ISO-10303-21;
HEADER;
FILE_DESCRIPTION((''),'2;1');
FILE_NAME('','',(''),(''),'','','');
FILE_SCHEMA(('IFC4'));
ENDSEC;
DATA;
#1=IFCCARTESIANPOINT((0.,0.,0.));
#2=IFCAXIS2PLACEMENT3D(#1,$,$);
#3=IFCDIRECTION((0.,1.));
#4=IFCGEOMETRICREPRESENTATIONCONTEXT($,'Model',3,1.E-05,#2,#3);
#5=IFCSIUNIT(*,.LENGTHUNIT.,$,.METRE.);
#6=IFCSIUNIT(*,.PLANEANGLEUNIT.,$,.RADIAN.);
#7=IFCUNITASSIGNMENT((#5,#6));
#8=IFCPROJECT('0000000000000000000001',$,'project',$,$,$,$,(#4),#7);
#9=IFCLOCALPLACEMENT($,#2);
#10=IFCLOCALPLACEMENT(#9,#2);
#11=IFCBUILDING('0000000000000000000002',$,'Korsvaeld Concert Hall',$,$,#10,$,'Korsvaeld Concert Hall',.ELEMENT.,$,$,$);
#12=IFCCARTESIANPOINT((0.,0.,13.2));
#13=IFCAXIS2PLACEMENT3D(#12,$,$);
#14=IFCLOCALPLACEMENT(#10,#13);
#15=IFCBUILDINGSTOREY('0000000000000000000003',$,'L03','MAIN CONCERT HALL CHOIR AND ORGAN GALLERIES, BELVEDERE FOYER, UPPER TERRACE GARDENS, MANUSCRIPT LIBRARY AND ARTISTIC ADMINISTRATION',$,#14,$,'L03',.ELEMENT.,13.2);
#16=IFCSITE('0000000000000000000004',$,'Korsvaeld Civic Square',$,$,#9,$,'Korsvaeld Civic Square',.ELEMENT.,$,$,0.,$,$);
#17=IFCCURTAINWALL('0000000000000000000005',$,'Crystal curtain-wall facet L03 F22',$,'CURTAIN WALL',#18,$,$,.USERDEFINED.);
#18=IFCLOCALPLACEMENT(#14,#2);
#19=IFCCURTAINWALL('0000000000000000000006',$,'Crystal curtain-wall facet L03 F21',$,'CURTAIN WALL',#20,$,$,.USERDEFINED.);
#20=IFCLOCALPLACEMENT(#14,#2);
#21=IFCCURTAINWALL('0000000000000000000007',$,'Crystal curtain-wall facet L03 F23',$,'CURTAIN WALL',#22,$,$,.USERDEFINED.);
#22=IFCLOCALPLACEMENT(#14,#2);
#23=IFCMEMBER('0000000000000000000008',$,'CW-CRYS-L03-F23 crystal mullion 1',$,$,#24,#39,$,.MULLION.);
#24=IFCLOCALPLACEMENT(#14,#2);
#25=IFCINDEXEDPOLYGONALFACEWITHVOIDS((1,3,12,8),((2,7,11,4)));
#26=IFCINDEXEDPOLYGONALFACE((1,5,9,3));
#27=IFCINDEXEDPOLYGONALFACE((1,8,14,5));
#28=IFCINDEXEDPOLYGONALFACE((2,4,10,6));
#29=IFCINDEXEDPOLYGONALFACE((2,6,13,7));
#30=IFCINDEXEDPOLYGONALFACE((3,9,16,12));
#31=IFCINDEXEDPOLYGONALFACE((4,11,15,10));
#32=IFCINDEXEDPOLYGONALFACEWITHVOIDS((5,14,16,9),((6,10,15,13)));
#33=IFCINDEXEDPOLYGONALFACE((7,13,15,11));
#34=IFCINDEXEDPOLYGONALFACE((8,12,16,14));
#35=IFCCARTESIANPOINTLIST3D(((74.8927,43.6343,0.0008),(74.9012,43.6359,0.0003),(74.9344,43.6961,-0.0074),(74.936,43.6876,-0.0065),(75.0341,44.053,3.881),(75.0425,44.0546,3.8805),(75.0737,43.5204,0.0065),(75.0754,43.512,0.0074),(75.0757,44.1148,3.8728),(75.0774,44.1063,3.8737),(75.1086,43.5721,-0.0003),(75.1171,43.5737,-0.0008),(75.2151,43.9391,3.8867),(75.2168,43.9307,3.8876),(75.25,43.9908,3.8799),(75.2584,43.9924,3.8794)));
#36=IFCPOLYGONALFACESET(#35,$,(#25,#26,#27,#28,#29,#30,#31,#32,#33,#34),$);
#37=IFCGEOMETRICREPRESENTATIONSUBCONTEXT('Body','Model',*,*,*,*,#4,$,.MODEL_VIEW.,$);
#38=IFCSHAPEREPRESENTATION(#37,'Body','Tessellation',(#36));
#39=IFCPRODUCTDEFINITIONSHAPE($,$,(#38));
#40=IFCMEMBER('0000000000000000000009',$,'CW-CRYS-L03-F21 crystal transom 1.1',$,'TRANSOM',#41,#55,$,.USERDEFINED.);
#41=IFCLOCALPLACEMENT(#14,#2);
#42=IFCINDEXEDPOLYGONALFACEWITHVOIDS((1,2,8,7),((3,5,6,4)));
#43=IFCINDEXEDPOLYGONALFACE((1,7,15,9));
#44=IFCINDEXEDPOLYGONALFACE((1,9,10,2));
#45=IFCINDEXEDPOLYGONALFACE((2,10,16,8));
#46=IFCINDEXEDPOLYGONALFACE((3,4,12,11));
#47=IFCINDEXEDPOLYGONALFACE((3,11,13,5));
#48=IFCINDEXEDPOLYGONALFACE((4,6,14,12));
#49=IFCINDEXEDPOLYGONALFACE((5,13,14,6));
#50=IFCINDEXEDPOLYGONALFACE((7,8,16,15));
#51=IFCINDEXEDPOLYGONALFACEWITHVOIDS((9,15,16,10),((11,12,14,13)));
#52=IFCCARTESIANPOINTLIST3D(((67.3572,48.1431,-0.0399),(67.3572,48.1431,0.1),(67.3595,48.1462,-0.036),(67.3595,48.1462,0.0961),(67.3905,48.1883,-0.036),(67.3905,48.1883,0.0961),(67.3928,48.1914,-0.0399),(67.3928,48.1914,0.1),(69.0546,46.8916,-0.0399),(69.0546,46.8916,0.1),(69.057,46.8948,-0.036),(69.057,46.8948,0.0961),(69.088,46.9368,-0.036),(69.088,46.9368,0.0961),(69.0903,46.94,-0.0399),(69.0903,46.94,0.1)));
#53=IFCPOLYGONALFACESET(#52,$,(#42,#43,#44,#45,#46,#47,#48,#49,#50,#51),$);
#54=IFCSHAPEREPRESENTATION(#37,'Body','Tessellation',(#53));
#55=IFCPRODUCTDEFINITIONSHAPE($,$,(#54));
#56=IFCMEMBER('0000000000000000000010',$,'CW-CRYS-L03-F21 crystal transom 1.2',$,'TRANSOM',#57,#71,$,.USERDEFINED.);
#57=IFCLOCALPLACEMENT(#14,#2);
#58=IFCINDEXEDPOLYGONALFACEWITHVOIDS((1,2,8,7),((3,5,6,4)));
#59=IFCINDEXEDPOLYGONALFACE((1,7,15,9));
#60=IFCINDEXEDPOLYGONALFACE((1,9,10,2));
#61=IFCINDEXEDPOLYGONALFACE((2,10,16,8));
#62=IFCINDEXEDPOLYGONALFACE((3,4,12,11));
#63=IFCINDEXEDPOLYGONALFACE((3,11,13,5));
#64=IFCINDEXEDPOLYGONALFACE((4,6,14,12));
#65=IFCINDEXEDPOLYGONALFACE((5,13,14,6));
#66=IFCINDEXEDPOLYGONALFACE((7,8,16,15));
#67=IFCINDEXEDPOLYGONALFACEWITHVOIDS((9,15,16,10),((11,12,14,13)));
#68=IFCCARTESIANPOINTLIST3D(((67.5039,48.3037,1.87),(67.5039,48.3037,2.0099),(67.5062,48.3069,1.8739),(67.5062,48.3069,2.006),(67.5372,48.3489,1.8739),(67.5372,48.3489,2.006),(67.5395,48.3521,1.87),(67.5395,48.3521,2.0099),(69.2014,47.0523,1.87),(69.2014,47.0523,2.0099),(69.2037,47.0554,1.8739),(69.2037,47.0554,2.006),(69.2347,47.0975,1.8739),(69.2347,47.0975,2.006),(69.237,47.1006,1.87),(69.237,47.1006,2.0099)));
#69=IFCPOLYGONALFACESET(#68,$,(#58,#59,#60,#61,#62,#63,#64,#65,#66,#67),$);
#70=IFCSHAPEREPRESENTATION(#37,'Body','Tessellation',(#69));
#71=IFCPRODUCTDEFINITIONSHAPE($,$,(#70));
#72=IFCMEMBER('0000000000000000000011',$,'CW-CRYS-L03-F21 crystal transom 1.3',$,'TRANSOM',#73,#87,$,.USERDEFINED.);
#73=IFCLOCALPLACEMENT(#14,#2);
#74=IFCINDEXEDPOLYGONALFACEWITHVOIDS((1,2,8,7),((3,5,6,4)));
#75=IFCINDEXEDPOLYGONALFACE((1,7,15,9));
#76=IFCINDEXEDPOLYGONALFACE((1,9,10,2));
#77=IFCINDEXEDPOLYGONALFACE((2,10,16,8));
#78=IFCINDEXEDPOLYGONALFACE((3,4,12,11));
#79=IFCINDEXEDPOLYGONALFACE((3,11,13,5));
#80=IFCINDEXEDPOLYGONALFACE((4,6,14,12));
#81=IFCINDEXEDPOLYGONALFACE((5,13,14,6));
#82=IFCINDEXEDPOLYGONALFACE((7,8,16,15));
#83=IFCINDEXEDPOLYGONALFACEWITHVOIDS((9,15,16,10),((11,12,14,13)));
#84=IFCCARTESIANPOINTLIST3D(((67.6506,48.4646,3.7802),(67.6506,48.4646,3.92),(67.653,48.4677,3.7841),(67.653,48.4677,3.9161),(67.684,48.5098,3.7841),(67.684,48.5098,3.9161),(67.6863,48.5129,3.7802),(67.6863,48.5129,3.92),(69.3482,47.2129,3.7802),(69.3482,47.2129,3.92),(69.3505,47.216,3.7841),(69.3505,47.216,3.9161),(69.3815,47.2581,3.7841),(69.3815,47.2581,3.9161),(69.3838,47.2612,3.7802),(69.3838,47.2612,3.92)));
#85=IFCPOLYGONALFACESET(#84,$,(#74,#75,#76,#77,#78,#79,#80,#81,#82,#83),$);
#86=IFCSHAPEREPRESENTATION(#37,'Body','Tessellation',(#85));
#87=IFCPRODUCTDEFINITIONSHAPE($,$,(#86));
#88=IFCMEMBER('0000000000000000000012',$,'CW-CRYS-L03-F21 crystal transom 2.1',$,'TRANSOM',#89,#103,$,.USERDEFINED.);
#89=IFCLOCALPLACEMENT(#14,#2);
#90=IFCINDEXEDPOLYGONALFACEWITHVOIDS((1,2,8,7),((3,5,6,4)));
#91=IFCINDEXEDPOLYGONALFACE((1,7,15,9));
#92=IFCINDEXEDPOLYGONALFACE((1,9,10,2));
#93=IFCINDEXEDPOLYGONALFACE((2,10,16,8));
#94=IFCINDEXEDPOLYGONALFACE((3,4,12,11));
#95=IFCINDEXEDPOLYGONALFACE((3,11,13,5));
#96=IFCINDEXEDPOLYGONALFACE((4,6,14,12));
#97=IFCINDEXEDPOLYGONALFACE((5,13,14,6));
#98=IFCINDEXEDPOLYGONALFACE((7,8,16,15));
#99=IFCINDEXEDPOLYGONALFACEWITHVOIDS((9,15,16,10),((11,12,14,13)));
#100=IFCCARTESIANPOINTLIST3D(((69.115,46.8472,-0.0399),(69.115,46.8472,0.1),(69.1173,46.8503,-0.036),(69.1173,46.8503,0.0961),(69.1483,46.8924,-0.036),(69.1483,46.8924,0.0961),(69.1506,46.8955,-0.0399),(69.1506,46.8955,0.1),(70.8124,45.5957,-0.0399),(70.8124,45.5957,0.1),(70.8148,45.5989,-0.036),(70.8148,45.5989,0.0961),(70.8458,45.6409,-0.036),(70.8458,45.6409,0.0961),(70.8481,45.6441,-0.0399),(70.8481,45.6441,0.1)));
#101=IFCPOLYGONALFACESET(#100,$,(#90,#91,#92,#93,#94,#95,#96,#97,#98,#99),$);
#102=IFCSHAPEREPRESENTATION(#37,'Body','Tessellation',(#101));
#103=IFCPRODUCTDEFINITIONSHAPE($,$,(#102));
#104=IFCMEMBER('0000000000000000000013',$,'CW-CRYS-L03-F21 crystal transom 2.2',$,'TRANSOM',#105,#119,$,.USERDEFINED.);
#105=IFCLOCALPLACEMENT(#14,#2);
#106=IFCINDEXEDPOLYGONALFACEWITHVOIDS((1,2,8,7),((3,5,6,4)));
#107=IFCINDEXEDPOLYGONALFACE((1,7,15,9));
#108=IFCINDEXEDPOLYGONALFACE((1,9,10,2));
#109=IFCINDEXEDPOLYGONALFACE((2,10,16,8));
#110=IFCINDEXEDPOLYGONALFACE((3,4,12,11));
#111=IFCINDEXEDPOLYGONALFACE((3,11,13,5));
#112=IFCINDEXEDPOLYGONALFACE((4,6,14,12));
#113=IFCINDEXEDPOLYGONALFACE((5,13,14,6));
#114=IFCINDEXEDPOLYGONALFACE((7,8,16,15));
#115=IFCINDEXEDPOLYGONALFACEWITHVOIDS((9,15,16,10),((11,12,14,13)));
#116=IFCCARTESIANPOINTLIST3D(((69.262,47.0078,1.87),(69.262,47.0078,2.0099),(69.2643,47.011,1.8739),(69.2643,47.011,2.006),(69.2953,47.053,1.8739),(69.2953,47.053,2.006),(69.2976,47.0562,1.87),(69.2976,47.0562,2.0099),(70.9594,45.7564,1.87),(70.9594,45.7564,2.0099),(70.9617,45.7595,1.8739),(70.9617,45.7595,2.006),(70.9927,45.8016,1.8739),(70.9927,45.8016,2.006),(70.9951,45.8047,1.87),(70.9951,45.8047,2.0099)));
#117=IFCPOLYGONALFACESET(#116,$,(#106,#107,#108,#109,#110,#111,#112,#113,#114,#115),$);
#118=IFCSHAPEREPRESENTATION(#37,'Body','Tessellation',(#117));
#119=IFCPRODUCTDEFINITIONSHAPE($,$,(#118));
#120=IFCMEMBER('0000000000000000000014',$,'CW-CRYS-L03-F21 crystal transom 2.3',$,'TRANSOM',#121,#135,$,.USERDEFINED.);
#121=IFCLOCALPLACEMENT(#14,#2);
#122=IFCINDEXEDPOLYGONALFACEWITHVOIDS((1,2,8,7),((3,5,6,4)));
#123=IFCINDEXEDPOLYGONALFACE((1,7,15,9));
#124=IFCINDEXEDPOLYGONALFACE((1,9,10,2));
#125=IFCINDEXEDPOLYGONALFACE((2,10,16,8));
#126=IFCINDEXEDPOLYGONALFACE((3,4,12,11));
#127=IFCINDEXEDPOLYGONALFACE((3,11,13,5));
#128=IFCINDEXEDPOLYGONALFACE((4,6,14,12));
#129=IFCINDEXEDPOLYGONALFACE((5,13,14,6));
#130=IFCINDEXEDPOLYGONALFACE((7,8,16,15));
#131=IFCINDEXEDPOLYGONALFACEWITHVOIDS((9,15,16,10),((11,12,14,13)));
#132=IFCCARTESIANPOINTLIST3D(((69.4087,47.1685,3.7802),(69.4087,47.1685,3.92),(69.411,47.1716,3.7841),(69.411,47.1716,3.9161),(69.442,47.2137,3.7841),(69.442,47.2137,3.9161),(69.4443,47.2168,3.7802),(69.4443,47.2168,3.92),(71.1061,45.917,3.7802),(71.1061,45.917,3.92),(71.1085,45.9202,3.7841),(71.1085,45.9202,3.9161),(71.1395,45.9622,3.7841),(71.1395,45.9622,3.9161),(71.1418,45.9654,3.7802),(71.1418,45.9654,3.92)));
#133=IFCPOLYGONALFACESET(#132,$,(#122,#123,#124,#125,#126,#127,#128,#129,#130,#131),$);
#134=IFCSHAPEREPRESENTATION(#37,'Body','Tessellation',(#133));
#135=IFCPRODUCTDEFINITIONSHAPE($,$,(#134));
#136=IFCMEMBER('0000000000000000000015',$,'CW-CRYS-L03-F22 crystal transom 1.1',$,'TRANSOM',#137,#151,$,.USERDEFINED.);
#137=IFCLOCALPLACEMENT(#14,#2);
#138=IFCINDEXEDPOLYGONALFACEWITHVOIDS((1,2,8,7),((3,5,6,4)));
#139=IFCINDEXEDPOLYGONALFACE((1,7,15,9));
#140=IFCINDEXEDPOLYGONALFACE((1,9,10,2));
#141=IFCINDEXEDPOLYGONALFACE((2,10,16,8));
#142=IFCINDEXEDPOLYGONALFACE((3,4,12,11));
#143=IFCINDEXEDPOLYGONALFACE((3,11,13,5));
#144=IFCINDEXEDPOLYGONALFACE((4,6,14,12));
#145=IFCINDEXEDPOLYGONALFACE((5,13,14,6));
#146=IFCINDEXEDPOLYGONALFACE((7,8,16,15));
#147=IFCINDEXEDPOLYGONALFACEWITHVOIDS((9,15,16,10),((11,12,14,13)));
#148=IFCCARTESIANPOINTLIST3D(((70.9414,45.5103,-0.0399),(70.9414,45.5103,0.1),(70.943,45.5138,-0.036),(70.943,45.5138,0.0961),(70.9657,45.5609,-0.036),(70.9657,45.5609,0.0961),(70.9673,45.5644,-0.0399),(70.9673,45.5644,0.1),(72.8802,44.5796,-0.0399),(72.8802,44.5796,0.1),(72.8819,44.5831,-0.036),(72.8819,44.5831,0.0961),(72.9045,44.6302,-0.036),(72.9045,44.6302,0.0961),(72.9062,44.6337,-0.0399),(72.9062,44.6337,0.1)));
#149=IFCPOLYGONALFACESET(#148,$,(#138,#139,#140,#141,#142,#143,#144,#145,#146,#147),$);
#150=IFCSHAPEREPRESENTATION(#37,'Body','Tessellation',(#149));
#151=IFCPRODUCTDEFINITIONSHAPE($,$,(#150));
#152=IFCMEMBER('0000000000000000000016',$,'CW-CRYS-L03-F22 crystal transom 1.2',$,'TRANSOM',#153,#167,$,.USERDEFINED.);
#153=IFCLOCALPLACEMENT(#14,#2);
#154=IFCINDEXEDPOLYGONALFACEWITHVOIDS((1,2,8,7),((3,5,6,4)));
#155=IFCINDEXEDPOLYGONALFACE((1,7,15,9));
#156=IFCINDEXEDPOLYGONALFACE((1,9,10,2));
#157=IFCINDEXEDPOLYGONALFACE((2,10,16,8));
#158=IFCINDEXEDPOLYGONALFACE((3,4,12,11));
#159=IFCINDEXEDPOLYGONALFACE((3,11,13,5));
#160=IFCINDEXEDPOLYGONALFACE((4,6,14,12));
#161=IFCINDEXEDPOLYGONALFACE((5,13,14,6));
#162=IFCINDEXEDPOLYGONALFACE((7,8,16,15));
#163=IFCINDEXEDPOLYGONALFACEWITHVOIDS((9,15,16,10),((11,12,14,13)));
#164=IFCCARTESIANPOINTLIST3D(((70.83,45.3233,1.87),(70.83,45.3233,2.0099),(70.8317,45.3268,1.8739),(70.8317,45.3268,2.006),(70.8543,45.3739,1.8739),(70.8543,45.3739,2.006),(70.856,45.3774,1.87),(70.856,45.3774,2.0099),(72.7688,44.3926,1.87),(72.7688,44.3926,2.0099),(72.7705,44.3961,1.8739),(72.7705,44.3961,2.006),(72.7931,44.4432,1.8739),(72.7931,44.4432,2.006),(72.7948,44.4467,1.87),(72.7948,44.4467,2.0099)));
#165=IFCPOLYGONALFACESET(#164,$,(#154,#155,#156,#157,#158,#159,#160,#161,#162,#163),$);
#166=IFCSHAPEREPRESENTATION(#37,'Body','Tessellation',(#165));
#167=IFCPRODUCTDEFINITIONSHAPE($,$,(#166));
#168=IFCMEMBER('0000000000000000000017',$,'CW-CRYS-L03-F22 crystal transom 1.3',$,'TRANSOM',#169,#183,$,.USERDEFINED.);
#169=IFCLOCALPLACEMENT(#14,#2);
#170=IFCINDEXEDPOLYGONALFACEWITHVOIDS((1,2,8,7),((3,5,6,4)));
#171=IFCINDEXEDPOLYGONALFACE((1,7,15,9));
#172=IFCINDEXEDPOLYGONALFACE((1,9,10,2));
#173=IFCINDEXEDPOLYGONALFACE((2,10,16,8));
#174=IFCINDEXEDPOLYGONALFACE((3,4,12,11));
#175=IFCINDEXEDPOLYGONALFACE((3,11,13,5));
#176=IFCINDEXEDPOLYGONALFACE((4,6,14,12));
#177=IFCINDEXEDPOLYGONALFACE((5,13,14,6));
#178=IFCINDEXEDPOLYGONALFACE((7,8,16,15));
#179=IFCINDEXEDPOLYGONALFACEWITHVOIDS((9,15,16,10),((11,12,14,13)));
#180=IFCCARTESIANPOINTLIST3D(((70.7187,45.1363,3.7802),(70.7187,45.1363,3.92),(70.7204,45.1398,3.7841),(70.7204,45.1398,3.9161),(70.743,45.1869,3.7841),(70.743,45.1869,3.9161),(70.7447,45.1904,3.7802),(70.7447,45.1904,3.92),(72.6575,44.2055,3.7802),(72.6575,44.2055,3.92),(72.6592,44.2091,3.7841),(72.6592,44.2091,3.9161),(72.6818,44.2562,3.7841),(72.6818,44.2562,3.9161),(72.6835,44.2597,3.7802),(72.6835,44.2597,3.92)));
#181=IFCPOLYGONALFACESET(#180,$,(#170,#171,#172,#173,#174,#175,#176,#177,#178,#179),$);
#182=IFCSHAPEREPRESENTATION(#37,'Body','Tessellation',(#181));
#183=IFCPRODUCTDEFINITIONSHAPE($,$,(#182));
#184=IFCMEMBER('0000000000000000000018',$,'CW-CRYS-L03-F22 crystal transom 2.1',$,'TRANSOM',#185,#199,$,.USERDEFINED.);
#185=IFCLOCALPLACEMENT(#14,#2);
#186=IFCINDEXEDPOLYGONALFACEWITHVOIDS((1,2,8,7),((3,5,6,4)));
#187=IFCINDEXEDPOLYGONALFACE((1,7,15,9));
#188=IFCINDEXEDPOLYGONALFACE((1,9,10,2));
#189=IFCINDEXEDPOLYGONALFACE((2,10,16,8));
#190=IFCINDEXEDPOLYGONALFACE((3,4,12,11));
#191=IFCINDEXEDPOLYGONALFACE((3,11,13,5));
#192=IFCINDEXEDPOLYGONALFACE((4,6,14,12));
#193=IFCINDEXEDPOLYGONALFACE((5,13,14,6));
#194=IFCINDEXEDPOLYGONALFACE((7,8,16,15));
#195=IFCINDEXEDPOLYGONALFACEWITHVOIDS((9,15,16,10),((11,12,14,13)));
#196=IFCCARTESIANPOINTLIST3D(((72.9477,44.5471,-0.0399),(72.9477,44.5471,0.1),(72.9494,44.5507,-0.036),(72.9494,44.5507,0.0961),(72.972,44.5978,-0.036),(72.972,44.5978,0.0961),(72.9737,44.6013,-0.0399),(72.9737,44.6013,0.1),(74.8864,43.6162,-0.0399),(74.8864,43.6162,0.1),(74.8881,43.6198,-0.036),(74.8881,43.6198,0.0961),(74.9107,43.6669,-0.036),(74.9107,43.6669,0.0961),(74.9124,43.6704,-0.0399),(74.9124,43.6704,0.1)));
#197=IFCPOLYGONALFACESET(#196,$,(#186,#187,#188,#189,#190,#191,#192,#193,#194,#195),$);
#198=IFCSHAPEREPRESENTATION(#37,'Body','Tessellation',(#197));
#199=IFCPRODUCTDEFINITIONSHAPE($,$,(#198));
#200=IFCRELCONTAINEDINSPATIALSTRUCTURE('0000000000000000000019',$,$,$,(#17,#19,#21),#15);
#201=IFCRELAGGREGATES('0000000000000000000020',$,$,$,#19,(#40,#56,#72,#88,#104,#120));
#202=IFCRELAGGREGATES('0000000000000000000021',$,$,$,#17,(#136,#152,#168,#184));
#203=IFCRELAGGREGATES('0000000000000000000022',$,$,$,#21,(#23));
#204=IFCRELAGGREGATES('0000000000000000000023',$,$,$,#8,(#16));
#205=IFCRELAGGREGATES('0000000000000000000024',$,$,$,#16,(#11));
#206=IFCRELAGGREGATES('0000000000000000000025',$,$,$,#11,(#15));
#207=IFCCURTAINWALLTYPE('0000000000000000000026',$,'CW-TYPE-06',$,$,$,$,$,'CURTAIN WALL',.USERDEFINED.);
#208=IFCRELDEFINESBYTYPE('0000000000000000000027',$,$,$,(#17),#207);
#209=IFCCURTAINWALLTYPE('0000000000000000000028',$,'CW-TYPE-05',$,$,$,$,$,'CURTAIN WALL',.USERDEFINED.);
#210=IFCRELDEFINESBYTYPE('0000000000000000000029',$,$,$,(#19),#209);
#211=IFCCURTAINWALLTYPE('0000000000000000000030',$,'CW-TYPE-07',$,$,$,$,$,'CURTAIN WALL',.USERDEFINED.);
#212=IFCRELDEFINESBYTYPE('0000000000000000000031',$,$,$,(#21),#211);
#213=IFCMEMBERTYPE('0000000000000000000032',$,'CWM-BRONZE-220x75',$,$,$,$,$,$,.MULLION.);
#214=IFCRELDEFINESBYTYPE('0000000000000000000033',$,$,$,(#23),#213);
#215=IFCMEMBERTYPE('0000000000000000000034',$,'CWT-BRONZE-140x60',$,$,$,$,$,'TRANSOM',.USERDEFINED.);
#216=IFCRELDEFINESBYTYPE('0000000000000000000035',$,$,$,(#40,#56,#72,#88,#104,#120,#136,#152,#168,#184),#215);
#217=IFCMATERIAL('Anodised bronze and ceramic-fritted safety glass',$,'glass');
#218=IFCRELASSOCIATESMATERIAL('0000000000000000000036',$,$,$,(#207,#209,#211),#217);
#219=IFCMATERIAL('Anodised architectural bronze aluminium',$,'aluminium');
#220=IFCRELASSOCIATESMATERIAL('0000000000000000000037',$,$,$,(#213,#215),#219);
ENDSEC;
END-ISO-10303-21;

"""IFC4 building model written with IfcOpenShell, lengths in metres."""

from ifc_helpers import new_model, si_unit, direction, frame, origin, origin_2d, place, context, subcontext, project, spatial, hollow_rectangle, extrude, material, material_profile, profile_set, type_object, element, aggregate, save


model = new_model("IFC4")

# Units and contexts
model_context = context("Model", 3, precision=1e-05, world=origin(), true_north=direction((0.0, 1.0)))
body_context = subcontext(model_context, "Body", "Model", "MODEL_VIEW")
ifc_project = project(units=[si_unit("LENGTHUNIT", "METRE"), si_unit("PLANEANGLEUNIT", "RADIAN")], contexts=[model_context])

# Site, building, storey
site_placement = place(None, origin())
site = spatial("IfcSite", under=ifc_project, at=site_placement, Name="Korsvaeld Civic Square", LongName="Korsvaeld Civic Square", CompositionType="ELEMENT", RefElevation=0.0)
building_placement = place(site_placement, origin())
building = spatial("IfcBuilding", under=site, at=building_placement, Name="Korsvaeld Concert Hall", LongName="Korsvaeld Concert Hall", CompositionType="ELEMENT")
storey_placement = place(building_placement, frame((0.0, 0.0, 13.2)))
storey = spatial("IfcBuildingStorey", under=building, at=storey_placement, Name="L03", Description="MAIN CONCERT HALL CHOIR AND ORGAN GALLERIES, BELVEDERE FOYER, UPPER TERRACE GARDENS, MANUSCRIPT LIBRARY AND ARTISTIC ADMINISTRATION", LongName="L03", CompositionType="ELEMENT", Elevation=13.2)

# Shared definitions
ifc_material_1 = material(Name="Anodised bronze and ceramic-fritted safety glass", Category="glass")
ifc_material_2 = material(Name="Anodised architectural bronze aluminium", Category="aluminium")

# Curtain walls
curtain_wall_type_1 = type_object("IfcCurtainWallType", Name="CW-TYPE-06", ElementType="CURTAIN WALL", PredefinedType="USERDEFINED", material=ifc_material_1)
curtain_wall_1_placement = place(storey_placement, origin())
curtain_wall_1 = element("IfcCurtainWall", 1, at=curtain_wall_1_placement, inside=storey, type_object=curtain_wall_type_1, Name="Crystal curtain-wall facet L03 F22", ObjectType="CURTAIN WALL", PredefinedType="USERDEFINED")
curtain_wall_type_2 = type_object("IfcCurtainWallType", Name="CW-TYPE-05", ElementType="CURTAIN WALL", PredefinedType="USERDEFINED", material=ifc_material_1)
curtain_wall_2_placement = place(storey_placement, origin())
curtain_wall_2 = element("IfcCurtainWall", 2, at=curtain_wall_2_placement, inside=storey, type_object=curtain_wall_type_2, Name="Crystal curtain-wall facet L03 F21", ObjectType="CURTAIN WALL", PredefinedType="USERDEFINED")
ifc_material_profile_1 = material_profile(ifc_material_2, hollow_rectangle(XDim=0.075, YDim=0.22, WallThickness=0.0061, at=origin_2d()), Name="CWM 220x75x6")
ifc_profile_set_1 = profile_set([ifc_material_profile_1], Name="Anodised architectural bronze aluminium")
member_type_1 = type_object("IfcMemberType", Name="CWM-BRONZE-220x75", PredefinedType="MULLION", material=ifc_profile_set_1)

# Curtain wall, member
curtain_wall_type_3 = type_object("IfcCurtainWallType", Name="CW-TYPE-07", ElementType="CURTAIN WALL", PredefinedType="USERDEFINED", material=ifc_material_1)
curtain_wall_3_placement = place(storey_placement, origin())
curtain_wall_3 = element("IfcCurtainWall", 3, at=curtain_wall_3_placement, inside=storey, type_object=curtain_wall_type_3, Name="Crystal curtain-wall facet L03 F23", ObjectType="CURTAIN WALL", PredefinedType="USERDEFINED")
member_1_placement = place(storey_placement, frame((75.0049, 43.604, 0.0), z_axis=(0.036197, 0.107216, 0.993577), x_axis=(-0.555734, -0.82416, 0.10918)))
member_1 = element("IfcMember", 4, at=member_1_placement, type_object=member_type_1, Name="CW-CRYS-L03-F23 crystal mullion 1", PredefinedType="MULLION", context=body_context, shape_type="SweptSolid", body=[
    extrude(hollow_rectangle(XDim=0.075, YDim=0.22, WallThickness=0.0061, at=origin_2d()), origin(), (0.0, 0.0, 1.0), 3.9053),
])

# Members
ifc_material_profile_2 = material_profile(ifc_material_2, hollow_rectangle(XDim=0.0601, YDim=0.1399, WallThickness=0.0039, at=origin_2d()), Name="CWT 140x60x4")
ifc_profile_set_2 = profile_set([ifc_material_profile_2], Name="Anodised architectural bronze aluminium")
member_type_2 = type_object("IfcMemberType", Name="CWT-BRONZE-140x60", ElementType="TRANSOM", PredefinedType="USERDEFINED", material=ifc_profile_set_2)
member_2_placement = place(storey_placement, frame((67.375, 48.1672, 0.03), z_axis=(0.804905, -0.593404, 0.0), x_axis=(0.593404, 0.804905, 0.0)))
member_2 = element("IfcMember", 5, at=member_2_placement, type_object=member_type_2, Name="CW-CRYS-L03-F21 crystal transom 1.1", ObjectType="TRANSOM", PredefinedType="USERDEFINED", context=body_context, shape_type="SweptSolid", body=[
    extrude(hollow_rectangle(XDim=0.0601, YDim=0.1399, WallThickness=0.0039, at=origin_2d()), origin(), (0.0, 0.0, 1.0), 2.1089),
])
member_3_placement = place(storey_placement, frame((67.5217, 48.3279, 1.9399), z_axis=(0.804905, -0.593404, 0.0), x_axis=(0.593404, 0.804905, 0.0)))
member_3 = element("IfcMember", 6, at=member_3_placement, type_object=member_type_2, Name="CW-CRYS-L03-F21 crystal transom 1.2", ObjectType="TRANSOM", PredefinedType="USERDEFINED", context=body_context, shape_type="SweptSolid", body=[
    extrude(hollow_rectangle(XDim=0.0601, YDim=0.1399, WallThickness=0.0039, at=origin_2d()), origin(), (0.0, 0.0, 1.0), 2.1089),
])
member_4_placement = place(storey_placement, frame((67.6685, 48.4888, 3.8501), z_axis=(0.804849, -0.593479, 0.0), x_axis=(0.593479, 0.804849, 0.0)))
member_4 = element("IfcMember", 7, at=member_4_placement, type_object=member_type_2, Name="CW-CRYS-L03-F21 crystal transom 1.3", ObjectType="TRANSOM", PredefinedType="USERDEFINED", context=body_context, shape_type="SweptSolid", body=[
    extrude(hollow_rectangle(XDim=0.0601, YDim=0.1399, WallThickness=0.0039, at=origin_2d()), origin(), (0.0, 0.0, 1.0), 2.1091),
])
member_5_placement = place(storey_placement, frame((69.1328, 46.8713, 0.03), z_axis=(0.804905, -0.593404, 0.0), x_axis=(0.593404, 0.804905, 0.0)))
member_5 = element("IfcMember", 8, at=member_5_placement, type_object=member_type_2, Name="CW-CRYS-L03-F21 crystal transom 2.1", ObjectType="TRANSOM", PredefinedType="USERDEFINED", context=body_context, shape_type="SweptSolid", body=[
    extrude(hollow_rectangle(XDim=0.0601, YDim=0.1399, WallThickness=0.0039, at=origin_2d()), origin(), (0.0, 0.0, 1.0), 2.1089),
])
member_6_placement = place(storey_placement, frame((69.2798, 47.032, 1.9399), z_axis=(0.804905, -0.593404, 0.0), x_axis=(0.593404, 0.804905, 0.0)))
member_6 = element("IfcMember", 9, at=member_6_placement, type_object=member_type_2, Name="CW-CRYS-L03-F21 crystal transom 2.2", ObjectType="TRANSOM", PredefinedType="USERDEFINED", context=body_context, shape_type="SweptSolid", body=[
    extrude(hollow_rectangle(XDim=0.0601, YDim=0.1399, WallThickness=0.0039, at=origin_2d()), origin(), (0.0, 0.0, 1.0), 2.1089),
])
member_7_placement = place(storey_placement, frame((69.4265, 47.1926, 3.8501), z_axis=(0.804905, -0.593404, 0.0), x_axis=(0.593404, 0.804905, 0.0)))
member_7 = element("IfcMember", 10, at=member_7_placement, type_object=member_type_2, Name="CW-CRYS-L03-F21 crystal transom 2.3", ObjectType="TRANSOM", PredefinedType="USERDEFINED", context=body_context, shape_type="SweptSolid", body=[
    extrude(hollow_rectangle(XDim=0.0601, YDim=0.1399, WallThickness=0.0039, at=origin_2d()), origin(), (0.0, 0.0, 1.0), 2.1089),
])
member_8_placement = place(storey_placement, frame((70.9543, 45.5374, 0.03), z_axis=(0.901509, -0.432761, 0.0), x_axis=(0.432761, 0.901509, 0.0)))
member_8 = element("IfcMember", 11, at=member_8_placement, type_object=member_type_2, Name="CW-CRYS-L03-F22 crystal transom 1.1", ObjectType="TRANSOM", PredefinedType="USERDEFINED", context=body_context, shape_type="SweptSolid", body=[
    extrude(hollow_rectangle(XDim=0.0601, YDim=0.1399, WallThickness=0.0039, at=origin_2d()), origin(), (0.0, 0.0, 1.0), 2.1506),
])
member_9_placement = place(storey_placement, frame((70.843, 45.3503, 1.9399), z_axis=(0.901509, -0.432761, 0.0), x_axis=(0.432761, 0.901509, 0.0)))
member_9 = element("IfcMember", 12, at=member_9_placement, type_object=member_type_2, Name="CW-CRYS-L03-F22 crystal transom 1.2", ObjectType="TRANSOM", PredefinedType="USERDEFINED", context=body_context, shape_type="SweptSolid", body=[
    extrude(hollow_rectangle(XDim=0.0601, YDim=0.1399, WallThickness=0.0039, at=origin_2d()), origin(), (0.0, 0.0, 1.0), 2.1506),
])
member_10_placement = place(storey_placement, frame((70.7317, 45.1633, 3.8501), z_axis=(0.901509, -0.432761, 0.0), x_axis=(0.432761, 0.901509, 0.0)))
member_10 = element("IfcMember", 13, at=member_10_placement, type_object=member_type_2, Name="CW-CRYS-L03-F22 crystal transom 1.3", ObjectType="TRANSOM", PredefinedType="USERDEFINED", context=body_context, shape_type="SweptSolid", body=[
    extrude(hollow_rectangle(XDim=0.0601, YDim=0.1399, WallThickness=0.0039, at=origin_2d()), origin(), (0.0, 0.0, 1.0), 2.1506),
])
member_11_placement = place(storey_placement, frame((72.9607, 44.5742, 0.03), z_axis=(0.901465, -0.432853, 0.0), x_axis=(0.432853, 0.901465, 0.0)))
member_11 = element("IfcMember", 14, at=member_11_placement, type_object=member_type_2, Name="CW-CRYS-L03-F22 crystal transom 2.1", ObjectType="TRANSOM", PredefinedType="USERDEFINED", context=body_context, shape_type="SweptSolid", body=[
    extrude(hollow_rectangle(XDim=0.0601, YDim=0.1399, WallThickness=0.0039, at=origin_2d()), origin(), (0.0, 0.0, 1.0), 2.1506),
])

aggregate(curtain_wall_2, [member_2, member_3, member_4, member_5, member_6, member_7])
aggregate(curtain_wall_1, [member_8, member_9, member_10, member_11])
aggregate(curtain_wall_3, [member_1])

save(model, "model.ifc")
